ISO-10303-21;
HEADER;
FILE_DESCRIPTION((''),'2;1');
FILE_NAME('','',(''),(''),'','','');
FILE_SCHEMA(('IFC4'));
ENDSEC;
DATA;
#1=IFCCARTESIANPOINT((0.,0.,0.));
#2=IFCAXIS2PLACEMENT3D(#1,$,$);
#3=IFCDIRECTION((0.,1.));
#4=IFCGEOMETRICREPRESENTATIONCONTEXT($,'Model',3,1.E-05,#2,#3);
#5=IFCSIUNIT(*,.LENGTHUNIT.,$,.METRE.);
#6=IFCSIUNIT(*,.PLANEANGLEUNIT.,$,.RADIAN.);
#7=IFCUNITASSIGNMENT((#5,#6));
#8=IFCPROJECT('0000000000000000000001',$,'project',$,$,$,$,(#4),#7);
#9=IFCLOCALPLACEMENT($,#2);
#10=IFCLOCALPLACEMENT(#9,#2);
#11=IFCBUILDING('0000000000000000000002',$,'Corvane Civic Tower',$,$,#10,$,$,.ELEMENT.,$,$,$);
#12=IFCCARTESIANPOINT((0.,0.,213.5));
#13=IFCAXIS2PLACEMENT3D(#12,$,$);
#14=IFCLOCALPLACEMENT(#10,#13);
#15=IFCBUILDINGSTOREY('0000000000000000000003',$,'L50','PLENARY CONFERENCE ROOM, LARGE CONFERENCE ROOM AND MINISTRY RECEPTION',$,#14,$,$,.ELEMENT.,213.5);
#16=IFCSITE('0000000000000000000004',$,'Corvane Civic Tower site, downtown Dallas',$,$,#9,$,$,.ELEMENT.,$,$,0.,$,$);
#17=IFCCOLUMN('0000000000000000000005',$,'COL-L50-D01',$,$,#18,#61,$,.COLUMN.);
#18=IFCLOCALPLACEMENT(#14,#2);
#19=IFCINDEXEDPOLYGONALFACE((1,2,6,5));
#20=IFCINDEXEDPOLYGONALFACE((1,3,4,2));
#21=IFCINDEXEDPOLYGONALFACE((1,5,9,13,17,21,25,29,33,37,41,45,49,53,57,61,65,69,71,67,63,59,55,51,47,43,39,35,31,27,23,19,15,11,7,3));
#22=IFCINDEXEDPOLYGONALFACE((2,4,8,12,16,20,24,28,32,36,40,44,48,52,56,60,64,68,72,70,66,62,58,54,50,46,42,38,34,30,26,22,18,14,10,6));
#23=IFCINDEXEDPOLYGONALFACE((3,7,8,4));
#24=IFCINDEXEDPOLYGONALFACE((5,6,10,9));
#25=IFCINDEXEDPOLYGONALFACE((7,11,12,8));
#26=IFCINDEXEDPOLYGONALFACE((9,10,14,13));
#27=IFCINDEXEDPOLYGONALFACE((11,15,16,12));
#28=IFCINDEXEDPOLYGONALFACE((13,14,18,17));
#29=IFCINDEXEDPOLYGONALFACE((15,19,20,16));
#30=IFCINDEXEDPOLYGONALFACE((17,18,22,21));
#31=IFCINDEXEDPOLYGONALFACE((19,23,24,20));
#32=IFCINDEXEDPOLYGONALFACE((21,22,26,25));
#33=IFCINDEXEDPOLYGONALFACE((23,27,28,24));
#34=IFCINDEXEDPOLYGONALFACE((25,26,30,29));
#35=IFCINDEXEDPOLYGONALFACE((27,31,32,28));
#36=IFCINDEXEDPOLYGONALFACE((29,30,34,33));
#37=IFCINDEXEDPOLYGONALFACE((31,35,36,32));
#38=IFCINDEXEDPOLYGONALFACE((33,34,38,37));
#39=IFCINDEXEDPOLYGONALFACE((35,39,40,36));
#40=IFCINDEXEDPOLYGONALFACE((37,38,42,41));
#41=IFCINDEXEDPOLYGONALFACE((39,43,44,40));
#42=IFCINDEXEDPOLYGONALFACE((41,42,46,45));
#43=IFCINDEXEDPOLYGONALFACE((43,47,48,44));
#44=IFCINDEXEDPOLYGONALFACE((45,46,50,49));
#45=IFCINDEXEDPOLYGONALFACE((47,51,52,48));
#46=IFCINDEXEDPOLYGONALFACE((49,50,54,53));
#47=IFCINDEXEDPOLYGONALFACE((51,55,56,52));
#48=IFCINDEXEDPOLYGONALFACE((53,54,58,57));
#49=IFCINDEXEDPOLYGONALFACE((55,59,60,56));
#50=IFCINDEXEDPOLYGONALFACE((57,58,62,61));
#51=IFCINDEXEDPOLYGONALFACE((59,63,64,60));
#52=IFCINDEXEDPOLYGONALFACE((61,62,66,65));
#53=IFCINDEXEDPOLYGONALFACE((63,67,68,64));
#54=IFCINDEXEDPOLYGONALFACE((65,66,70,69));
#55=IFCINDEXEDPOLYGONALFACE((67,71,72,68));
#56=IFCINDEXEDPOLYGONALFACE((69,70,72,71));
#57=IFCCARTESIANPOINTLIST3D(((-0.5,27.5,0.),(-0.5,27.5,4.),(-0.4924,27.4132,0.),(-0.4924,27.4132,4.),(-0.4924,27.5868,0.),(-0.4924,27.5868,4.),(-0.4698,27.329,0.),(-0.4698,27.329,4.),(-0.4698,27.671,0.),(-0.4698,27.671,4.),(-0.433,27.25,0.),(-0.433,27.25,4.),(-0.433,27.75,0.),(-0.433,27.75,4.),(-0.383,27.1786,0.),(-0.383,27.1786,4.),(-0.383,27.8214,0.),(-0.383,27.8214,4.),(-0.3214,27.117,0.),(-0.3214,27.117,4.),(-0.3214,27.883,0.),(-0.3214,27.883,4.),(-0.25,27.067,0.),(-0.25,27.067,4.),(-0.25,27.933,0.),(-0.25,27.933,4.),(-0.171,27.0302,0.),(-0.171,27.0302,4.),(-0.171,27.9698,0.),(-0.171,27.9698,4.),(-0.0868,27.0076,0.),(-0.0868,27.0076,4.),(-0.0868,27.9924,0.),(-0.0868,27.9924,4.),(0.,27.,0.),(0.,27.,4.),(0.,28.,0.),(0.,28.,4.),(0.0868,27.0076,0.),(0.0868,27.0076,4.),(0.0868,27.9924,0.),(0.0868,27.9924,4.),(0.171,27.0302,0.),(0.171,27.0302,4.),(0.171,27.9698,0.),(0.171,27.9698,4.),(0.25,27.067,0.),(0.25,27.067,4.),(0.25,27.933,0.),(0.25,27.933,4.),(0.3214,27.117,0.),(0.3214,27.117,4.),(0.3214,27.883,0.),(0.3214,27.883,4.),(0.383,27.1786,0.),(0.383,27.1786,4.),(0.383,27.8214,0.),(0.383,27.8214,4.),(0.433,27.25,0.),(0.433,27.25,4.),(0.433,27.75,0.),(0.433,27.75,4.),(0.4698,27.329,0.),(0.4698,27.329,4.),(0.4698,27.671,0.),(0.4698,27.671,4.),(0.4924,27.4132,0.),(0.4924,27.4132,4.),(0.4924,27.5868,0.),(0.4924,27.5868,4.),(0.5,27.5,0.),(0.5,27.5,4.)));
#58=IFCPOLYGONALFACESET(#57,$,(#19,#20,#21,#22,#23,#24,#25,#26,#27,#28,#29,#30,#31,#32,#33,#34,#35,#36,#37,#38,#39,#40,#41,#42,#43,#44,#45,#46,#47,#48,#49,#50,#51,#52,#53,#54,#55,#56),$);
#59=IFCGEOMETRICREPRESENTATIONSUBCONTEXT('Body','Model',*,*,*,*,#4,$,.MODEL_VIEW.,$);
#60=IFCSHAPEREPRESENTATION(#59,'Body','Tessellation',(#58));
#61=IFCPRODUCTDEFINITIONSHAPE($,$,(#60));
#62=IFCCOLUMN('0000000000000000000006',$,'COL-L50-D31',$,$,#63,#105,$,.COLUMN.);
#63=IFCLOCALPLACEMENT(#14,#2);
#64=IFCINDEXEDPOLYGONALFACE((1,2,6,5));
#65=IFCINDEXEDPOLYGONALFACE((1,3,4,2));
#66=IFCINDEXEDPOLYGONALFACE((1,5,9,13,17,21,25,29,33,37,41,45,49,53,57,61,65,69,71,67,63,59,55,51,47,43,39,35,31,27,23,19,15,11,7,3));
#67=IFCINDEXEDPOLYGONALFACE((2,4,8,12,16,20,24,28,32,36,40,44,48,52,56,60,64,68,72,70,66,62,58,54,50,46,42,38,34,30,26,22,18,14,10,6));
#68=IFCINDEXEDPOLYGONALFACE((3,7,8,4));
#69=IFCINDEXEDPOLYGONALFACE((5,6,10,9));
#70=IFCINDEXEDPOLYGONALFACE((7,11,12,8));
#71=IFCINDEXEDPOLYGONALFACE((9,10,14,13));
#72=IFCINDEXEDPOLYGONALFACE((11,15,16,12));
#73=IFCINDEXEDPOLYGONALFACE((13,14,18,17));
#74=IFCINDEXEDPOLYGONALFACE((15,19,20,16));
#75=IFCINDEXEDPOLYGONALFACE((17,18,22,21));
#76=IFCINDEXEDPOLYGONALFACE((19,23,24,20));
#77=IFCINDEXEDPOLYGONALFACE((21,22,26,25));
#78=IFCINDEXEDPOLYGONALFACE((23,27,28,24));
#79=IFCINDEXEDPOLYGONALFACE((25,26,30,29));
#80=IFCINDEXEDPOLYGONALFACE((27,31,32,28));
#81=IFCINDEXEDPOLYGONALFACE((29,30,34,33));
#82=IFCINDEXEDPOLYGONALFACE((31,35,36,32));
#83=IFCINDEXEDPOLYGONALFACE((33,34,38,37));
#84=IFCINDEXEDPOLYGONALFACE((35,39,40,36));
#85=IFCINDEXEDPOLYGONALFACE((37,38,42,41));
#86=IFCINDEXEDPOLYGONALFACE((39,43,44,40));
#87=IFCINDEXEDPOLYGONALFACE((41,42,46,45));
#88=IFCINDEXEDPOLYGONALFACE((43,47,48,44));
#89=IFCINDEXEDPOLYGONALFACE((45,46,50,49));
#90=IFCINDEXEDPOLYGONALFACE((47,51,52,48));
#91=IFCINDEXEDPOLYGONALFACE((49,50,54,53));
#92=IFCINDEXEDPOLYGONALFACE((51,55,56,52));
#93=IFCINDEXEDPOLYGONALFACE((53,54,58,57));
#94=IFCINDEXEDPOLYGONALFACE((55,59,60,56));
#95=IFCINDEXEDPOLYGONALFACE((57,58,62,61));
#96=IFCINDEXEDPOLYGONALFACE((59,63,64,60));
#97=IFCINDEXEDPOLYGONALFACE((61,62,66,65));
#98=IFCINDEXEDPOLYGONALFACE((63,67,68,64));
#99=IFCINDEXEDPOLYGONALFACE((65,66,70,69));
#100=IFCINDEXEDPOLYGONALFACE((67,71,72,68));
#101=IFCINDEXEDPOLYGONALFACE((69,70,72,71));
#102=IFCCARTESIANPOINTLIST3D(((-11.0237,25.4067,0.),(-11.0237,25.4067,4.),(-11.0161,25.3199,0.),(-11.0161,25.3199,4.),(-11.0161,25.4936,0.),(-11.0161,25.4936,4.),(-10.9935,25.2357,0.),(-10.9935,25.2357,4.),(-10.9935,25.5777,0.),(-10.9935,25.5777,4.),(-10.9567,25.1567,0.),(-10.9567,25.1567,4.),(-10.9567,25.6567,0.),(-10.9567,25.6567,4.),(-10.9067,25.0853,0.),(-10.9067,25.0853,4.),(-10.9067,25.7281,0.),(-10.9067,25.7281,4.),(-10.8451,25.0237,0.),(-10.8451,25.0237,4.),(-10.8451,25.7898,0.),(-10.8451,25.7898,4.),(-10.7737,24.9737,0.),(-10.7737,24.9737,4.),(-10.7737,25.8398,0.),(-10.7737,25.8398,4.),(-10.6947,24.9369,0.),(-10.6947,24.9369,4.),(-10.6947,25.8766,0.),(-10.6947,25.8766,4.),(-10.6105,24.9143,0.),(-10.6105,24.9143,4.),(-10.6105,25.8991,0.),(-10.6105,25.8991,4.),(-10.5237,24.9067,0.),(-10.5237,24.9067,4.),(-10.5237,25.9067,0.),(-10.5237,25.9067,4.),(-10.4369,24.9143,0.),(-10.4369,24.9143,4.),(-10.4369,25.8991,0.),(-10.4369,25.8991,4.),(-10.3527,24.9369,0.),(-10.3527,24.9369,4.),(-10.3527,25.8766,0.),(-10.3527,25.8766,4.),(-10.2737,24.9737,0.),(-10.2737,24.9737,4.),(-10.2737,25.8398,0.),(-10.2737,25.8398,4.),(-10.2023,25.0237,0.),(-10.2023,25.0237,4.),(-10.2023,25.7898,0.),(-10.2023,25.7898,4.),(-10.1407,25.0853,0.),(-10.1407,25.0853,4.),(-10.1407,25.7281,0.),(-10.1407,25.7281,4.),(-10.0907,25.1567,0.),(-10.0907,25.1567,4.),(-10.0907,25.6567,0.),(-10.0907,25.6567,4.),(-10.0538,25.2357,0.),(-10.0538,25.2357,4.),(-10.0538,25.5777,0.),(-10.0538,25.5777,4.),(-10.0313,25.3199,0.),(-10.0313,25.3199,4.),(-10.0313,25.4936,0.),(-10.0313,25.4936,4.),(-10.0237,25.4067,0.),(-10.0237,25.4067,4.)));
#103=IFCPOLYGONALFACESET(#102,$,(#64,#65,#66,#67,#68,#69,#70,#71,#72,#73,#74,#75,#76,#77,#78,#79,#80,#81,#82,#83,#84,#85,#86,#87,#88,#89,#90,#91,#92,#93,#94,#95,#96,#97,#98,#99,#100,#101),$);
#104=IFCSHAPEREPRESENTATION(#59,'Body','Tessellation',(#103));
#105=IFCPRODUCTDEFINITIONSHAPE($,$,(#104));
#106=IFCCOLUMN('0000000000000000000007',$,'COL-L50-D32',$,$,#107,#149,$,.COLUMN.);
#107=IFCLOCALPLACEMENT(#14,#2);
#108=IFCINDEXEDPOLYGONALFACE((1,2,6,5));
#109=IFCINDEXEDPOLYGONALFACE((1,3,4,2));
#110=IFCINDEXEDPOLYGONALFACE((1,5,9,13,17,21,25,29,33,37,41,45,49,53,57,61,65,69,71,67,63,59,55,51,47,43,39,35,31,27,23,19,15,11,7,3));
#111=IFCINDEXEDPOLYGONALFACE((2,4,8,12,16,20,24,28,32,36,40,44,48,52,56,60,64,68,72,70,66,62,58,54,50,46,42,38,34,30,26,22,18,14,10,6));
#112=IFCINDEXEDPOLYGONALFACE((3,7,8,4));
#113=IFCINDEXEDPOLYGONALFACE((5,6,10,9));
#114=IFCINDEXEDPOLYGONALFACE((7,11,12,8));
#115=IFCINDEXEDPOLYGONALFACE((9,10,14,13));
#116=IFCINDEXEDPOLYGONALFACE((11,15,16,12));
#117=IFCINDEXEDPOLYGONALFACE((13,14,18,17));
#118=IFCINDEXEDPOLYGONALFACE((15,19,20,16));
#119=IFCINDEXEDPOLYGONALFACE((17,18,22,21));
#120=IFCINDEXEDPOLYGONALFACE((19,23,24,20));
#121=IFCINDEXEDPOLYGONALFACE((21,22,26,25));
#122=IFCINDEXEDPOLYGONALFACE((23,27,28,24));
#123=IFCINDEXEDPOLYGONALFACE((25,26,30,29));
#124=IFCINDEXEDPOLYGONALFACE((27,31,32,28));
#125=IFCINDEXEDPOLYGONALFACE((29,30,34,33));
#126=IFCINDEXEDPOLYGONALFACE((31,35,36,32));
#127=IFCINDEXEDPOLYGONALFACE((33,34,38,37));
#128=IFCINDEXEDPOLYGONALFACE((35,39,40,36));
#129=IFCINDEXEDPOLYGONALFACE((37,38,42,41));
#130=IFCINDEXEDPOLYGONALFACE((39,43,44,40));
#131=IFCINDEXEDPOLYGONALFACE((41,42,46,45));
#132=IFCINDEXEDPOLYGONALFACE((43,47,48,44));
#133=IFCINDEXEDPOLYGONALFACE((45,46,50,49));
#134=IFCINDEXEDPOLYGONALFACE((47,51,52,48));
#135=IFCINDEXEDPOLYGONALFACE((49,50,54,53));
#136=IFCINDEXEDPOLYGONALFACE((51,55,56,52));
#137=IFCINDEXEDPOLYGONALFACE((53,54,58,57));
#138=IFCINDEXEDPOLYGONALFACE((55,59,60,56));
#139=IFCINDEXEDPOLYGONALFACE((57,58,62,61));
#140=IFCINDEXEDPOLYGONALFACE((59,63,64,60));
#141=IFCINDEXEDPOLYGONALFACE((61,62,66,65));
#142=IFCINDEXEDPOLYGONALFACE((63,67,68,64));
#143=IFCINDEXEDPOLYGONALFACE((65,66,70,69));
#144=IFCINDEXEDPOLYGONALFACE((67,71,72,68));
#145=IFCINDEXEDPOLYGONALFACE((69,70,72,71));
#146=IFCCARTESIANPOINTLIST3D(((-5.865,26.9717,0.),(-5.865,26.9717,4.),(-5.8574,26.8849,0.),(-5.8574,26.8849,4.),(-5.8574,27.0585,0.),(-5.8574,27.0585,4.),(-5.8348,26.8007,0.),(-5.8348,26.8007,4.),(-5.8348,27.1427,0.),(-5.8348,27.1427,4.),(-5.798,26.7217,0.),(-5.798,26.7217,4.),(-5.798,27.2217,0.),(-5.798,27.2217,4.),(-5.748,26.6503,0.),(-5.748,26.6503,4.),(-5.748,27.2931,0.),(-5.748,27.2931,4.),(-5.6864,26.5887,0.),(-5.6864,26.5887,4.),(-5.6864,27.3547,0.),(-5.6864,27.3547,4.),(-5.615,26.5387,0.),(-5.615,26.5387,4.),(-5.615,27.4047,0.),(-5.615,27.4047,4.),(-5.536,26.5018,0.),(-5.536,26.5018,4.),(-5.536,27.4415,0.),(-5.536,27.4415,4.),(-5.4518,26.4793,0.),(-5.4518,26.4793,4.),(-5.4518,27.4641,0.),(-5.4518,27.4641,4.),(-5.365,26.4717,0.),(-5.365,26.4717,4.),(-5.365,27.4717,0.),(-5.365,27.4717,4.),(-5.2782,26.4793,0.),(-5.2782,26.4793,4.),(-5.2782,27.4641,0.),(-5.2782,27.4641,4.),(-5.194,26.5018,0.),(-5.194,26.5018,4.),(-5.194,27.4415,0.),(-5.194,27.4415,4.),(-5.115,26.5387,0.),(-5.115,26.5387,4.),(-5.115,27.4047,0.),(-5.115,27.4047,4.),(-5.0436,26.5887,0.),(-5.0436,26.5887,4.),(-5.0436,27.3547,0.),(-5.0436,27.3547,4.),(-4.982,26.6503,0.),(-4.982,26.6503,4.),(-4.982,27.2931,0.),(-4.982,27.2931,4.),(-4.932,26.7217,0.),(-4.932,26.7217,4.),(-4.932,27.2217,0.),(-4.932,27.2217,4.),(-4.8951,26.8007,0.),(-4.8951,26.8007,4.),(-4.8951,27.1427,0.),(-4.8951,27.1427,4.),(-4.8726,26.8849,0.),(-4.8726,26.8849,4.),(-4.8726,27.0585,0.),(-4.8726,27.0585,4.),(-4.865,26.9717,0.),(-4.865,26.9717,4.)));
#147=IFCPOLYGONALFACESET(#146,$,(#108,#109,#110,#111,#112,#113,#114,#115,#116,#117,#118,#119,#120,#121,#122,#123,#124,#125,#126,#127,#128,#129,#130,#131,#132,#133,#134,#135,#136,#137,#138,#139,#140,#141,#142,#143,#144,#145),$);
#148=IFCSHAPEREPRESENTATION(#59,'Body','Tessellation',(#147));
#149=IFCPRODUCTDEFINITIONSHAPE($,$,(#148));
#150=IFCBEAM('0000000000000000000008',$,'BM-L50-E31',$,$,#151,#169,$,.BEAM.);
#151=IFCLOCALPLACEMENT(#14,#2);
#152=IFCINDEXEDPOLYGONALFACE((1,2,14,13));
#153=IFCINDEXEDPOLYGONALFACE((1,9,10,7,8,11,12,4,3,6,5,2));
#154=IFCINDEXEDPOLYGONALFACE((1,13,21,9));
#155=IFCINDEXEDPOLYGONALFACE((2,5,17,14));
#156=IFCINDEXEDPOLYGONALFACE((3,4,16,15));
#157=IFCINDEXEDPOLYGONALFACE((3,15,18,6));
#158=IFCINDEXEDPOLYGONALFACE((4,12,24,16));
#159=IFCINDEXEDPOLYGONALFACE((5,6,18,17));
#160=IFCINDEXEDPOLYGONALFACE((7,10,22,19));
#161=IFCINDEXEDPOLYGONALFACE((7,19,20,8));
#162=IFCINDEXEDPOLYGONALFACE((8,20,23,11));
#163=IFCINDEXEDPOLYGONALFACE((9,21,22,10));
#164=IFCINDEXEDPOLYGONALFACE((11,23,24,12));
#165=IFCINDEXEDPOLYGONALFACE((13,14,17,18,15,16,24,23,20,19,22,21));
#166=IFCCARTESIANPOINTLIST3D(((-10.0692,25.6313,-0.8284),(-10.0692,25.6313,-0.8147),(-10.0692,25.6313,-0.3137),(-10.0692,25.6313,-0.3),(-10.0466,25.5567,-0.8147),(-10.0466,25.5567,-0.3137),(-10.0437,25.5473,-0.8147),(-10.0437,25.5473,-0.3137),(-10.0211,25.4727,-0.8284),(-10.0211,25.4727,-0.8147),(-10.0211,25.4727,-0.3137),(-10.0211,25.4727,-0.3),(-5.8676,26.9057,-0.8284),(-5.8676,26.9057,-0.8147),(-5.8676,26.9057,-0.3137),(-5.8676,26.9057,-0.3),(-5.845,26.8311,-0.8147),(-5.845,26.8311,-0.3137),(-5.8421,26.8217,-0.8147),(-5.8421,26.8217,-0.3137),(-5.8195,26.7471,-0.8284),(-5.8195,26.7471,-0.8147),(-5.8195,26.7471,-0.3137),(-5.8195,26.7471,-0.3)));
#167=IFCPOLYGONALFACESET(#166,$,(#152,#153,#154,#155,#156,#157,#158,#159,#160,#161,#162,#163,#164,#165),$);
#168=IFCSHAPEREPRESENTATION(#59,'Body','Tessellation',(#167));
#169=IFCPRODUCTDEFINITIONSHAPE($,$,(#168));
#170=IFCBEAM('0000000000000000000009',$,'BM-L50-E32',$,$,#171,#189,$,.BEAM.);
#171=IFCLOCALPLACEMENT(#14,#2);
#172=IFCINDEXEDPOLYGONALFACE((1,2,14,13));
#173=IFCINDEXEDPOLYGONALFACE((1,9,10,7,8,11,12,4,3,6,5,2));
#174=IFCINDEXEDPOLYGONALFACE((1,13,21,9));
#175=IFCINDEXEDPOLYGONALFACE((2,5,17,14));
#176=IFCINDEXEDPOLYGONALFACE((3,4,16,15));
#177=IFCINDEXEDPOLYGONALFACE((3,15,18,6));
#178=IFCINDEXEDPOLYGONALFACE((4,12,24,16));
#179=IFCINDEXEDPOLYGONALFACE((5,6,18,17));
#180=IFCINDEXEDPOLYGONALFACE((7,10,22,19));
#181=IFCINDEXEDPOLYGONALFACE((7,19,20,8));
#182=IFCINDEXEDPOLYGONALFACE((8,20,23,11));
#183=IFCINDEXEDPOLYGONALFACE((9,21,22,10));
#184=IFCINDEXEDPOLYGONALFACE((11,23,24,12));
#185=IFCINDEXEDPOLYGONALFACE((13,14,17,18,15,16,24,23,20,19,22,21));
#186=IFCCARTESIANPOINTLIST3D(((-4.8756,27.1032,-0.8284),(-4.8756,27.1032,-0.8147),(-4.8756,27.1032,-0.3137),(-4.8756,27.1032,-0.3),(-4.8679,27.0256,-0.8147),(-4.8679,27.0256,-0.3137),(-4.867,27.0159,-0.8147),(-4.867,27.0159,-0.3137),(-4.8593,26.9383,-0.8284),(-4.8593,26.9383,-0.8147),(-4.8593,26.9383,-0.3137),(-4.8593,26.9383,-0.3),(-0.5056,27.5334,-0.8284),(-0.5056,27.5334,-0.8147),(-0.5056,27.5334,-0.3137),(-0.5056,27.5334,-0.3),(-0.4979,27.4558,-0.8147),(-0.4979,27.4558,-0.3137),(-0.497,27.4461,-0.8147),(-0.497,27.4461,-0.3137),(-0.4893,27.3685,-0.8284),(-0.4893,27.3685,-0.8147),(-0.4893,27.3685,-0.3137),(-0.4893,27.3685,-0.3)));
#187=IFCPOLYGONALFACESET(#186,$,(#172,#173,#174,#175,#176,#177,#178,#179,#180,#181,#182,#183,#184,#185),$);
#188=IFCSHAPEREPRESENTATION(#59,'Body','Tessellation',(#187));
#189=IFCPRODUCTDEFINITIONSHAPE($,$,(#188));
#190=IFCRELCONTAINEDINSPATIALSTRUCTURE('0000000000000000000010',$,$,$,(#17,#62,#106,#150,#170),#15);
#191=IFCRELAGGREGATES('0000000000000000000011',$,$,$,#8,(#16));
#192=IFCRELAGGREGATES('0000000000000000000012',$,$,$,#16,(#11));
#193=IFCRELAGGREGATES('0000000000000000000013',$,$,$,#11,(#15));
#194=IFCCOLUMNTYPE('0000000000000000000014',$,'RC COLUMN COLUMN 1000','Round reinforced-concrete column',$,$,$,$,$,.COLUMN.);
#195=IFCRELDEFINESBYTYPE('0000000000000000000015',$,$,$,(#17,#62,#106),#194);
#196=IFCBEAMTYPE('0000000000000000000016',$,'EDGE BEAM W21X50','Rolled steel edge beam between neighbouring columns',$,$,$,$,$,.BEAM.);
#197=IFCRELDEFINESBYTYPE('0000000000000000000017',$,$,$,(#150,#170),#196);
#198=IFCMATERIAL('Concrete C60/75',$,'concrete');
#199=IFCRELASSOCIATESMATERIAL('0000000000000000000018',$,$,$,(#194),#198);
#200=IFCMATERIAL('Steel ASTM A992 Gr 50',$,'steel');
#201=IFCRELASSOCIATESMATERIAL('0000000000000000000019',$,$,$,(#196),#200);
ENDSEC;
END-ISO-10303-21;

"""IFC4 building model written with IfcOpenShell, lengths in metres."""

from ifc_helpers import new_model, si_unit, direction, frame, origin, origin_2d, place, context, subcontext, project, spatial, circle, i_section, extrude, material, material_profile, profile_set, type_object, element, save


model = new_model("IFC4")

# Units and contexts
model_context = context("Model", 3, precision=1e-05, world=origin(), true_north=direction((0.0, 1.0)))
body_context = subcontext(model_context, "Body", "Model", "MODEL_VIEW")
ifc_project = project(units=[si_unit("LENGTHUNIT", "METRE"), si_unit("PLANEANGLEUNIT", "RADIAN")], contexts=[model_context])

# Site, building, storey
site_placement = place(None, origin())
site = spatial("IfcSite", under=ifc_project, at=site_placement, Name="Corvane Civic Tower site, downtown Dallas", CompositionType="ELEMENT", RefElevation=0.0)
building_placement = place(site_placement, origin())
building = spatial("IfcBuilding", under=site, at=building_placement, Name="Corvane Civic Tower", CompositionType="ELEMENT")
storey_placement = place(building_placement, frame((0.0, 0.0, 213.5)))
storey = spatial("IfcBuildingStorey", under=building, at=storey_placement, Name="L50", Description="PLENARY CONFERENCE ROOM, LARGE CONFERENCE ROOM AND MINISTRY RECEPTION", CompositionType="ELEMENT", Elevation=213.5)

# Columns
ifc_material_1 = material(Name="Concrete C60/75", Category="concrete")
ifc_material_profile_1 = material_profile(ifc_material_1, circle(Radius=0.5, at=origin_2d()), Name="COLUMN 1000")
ifc_profile_set_1 = profile_set([ifc_material_profile_1], Name="Concrete C60/75")
column_type = type_object("IfcColumnType", Name="RC COLUMN COLUMN 1000", Description="Round reinforced-concrete column", PredefinedType="COLUMN", material=ifc_profile_set_1)
for number, where, z_axis, x_axis, name in (
    (1, (0.0, 27.5, 0.0), (0.0, 0.0, 1.0), (1.0, 0.0, 0.0), "COL-L50-D01"),
    (2, (-10.5237, 25.4067, 0.0), (0.0, 0.0, 1.0), (1.0, 0.0, 0.0), "COL-L50-D31"),
    (3, (-5.365, 26.9717, 0.0), (0.0, 0.0, 1.0), (1.0, 0.0, 0.0), "COL-L50-D32"),
):
    element("IfcColumn", number, at=place(storey_placement, frame(where, z_axis=z_axis, x_axis=x_axis)), inside=storey, type_object=column_type, Name=name, PredefinedType="COLUMN", context=body_context, shape_type="SweptSolid", body=[
        extrude(circle(Radius=0.5, at=origin_2d()), origin(), (0.0, 0.0, 1.0), 4.0),
    ])

# Beams
ifc_material_2 = material(Name="Steel ASTM A992 Gr 50", Category="steel")
ifc_material_profile_2 = material_profile(ifc_material_2, i_section(OverallWidth=0.1658, OverallDepth=0.5283, WebThickness=0.0098, FlangeThickness=0.0137, at=origin_2d()), Name="W21X50")
ifc_profile_set_2 = profile_set([ifc_material_profile_2], Name="Steel ASTM A992 Gr 50")
beam_type_1 = type_object("IfcBeamType", Name="EDGE BEAM W21X50", Description="Rolled steel edge beam between neighbouring columns", PredefinedType="BEAM", material=ifc_profile_set_2)
beam_1_placement = place(storey_placement, frame((-10.0452, 25.552, -0.5642), z_axis=(0.95695, 0.290254, 0.0), x_axis=(-0.290254, 0.95695, 0.0)))
element("IfcBeam", 4, at=beam_1_placement, inside=storey, type_object=beam_type_1, Name="BM-L50-E31", PredefinedType="BEAM", context=body_context, shape_type="SweptSolid", body=[
    extrude(i_section(OverallWidth=0.1658, OverallDepth=0.5283, WebThickness=0.0098, FlangeThickness=0.0137, at=origin_2d()), origin(), (0.0, 0.0, 1.0), 4.3906),
])
beam_2_placement = place(storey_placement, frame((-4.8674, 27.0208, -0.5642), z_axis=(0.99519, 0.097968, 0.0), x_axis=(-0.097968, 0.99519, 0.0)))
element("IfcBeam", 5, at=beam_2_placement, inside=storey, type_object=beam_type_1, Name="BM-L50-E32", PredefinedType="BEAM", context=body_context, shape_type="SweptSolid", body=[
    extrude(i_section(OverallWidth=0.1658, OverallDepth=0.5283, WebThickness=0.0098, FlangeThickness=0.0137, at=origin_2d()), origin(), (0.0, 0.0, 1.0), 4.3911),
])

save(model, "model.ifc")
